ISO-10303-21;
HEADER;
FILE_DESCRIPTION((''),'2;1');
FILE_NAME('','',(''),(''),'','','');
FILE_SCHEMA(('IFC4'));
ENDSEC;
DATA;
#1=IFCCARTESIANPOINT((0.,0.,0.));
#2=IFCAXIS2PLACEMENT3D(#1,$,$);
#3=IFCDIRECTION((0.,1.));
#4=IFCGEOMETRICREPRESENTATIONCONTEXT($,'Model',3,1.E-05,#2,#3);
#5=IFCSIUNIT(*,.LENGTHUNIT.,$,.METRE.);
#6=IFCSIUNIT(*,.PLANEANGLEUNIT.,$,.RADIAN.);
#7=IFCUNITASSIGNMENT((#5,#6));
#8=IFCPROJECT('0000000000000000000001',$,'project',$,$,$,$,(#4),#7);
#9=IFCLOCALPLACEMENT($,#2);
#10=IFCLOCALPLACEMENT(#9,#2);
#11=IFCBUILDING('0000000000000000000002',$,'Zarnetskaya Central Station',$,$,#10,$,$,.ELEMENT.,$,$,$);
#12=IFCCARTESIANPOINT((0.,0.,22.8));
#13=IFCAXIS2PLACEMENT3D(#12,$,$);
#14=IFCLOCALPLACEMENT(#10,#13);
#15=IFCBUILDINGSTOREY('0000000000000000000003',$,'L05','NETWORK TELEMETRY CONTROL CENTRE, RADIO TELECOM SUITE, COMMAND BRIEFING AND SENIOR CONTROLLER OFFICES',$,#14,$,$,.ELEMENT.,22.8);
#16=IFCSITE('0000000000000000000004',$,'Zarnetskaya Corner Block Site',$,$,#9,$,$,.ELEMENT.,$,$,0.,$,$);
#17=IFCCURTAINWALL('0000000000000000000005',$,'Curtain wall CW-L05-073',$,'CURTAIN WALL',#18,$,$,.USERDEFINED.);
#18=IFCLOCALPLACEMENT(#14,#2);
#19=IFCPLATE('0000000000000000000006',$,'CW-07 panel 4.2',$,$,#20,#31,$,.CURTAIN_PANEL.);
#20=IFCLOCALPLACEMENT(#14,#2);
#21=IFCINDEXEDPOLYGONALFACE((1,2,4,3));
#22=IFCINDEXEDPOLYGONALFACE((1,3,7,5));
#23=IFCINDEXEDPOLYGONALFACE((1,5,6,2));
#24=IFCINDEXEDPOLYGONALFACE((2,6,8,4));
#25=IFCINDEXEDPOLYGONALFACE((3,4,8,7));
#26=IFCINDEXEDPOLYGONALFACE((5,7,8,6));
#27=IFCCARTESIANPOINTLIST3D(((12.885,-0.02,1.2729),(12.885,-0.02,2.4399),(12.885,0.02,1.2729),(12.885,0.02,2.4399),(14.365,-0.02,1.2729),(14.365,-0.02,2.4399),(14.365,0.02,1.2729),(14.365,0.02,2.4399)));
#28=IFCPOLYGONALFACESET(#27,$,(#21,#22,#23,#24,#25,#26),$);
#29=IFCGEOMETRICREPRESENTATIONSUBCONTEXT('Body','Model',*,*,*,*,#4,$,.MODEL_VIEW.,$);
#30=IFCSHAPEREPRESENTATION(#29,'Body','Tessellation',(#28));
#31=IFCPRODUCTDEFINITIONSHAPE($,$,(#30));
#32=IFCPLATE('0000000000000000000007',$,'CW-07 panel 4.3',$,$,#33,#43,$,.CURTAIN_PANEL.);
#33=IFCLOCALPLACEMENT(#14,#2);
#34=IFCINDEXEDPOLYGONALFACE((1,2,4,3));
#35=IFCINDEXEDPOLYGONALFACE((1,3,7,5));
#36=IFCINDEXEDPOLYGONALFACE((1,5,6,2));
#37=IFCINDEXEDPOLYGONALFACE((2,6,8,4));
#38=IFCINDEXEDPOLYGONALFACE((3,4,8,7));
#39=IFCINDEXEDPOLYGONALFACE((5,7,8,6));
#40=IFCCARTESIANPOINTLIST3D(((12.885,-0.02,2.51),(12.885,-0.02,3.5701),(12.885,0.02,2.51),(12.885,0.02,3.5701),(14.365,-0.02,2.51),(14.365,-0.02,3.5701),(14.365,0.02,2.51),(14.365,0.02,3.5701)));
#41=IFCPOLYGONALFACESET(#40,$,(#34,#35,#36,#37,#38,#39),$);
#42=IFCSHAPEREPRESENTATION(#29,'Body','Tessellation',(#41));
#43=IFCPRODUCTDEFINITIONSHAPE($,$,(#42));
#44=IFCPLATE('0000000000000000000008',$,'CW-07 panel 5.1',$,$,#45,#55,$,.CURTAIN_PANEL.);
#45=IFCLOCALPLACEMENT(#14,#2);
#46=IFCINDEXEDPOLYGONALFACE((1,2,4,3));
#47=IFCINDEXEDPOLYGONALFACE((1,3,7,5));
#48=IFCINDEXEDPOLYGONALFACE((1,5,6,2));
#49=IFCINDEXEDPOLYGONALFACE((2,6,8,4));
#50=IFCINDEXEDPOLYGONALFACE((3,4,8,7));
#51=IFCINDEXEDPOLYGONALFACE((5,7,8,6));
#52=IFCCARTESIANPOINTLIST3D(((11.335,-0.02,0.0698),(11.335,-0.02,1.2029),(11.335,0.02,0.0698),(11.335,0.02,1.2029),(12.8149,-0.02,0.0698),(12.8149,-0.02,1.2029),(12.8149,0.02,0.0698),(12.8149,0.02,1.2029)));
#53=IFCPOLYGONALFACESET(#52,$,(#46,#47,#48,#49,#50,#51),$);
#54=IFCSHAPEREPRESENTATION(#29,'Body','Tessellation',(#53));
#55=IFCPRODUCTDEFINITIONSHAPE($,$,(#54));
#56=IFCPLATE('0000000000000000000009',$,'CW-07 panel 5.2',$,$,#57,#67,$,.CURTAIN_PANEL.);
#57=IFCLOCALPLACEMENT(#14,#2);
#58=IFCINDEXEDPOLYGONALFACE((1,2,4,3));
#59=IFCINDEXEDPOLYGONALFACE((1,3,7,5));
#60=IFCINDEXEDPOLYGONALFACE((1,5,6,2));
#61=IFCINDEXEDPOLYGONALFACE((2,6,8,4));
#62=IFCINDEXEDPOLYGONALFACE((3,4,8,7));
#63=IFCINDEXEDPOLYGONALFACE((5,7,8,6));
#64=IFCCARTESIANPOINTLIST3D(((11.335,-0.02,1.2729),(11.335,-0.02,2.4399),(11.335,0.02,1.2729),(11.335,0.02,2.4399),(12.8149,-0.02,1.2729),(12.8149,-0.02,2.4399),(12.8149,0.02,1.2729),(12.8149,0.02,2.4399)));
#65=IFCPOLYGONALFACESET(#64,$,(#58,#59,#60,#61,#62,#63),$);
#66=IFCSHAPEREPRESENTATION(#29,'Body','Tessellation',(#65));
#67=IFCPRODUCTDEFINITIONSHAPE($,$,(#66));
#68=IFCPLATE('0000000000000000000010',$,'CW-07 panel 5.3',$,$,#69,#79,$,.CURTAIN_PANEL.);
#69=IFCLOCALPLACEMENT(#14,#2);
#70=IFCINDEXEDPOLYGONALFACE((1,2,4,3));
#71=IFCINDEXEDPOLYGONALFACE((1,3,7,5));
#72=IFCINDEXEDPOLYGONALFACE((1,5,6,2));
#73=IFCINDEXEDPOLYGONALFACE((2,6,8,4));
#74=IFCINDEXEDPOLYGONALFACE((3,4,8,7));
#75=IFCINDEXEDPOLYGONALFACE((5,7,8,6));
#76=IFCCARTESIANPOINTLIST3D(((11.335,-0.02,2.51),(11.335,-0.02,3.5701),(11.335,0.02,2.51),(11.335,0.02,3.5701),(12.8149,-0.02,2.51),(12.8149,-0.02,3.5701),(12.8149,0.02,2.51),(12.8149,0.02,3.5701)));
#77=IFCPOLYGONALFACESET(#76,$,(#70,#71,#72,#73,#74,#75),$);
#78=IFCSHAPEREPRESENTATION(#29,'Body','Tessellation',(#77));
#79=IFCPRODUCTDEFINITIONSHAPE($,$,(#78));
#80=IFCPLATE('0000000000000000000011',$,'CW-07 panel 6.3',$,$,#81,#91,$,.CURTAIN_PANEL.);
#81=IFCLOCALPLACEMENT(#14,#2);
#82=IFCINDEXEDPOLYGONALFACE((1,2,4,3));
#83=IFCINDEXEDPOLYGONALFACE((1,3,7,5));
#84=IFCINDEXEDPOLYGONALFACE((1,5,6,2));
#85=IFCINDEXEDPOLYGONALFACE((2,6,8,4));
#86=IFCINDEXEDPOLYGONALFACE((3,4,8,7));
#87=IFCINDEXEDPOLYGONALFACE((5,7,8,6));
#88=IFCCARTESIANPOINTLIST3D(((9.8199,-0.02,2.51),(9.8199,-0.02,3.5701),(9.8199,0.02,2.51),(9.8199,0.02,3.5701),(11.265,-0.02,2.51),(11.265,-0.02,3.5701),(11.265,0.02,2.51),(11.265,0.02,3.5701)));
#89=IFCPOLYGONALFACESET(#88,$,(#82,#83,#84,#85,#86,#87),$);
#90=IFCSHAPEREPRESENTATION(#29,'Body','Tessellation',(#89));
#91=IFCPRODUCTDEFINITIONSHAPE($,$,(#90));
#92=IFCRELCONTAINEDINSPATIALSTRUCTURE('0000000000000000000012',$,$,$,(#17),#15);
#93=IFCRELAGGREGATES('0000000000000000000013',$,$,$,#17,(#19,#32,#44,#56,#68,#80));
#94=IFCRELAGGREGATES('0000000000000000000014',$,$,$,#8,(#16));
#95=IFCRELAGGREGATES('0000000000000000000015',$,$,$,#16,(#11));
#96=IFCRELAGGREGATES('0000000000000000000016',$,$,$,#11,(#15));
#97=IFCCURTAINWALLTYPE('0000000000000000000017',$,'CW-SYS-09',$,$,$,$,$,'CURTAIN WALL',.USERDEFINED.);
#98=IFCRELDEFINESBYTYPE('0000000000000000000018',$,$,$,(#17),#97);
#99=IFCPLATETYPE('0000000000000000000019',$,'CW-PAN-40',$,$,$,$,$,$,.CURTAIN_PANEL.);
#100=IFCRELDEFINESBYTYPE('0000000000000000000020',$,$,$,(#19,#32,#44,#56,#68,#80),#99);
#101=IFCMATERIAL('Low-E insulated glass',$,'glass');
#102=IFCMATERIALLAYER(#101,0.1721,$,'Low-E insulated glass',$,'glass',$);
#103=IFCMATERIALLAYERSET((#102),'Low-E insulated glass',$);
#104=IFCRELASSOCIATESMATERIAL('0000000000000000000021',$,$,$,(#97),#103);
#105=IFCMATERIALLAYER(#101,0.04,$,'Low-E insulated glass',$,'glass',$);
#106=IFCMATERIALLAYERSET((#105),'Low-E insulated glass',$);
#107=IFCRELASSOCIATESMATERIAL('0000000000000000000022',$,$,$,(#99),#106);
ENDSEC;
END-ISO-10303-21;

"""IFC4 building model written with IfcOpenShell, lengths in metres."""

from ifc_helpers import new_model, si_unit, direction, frame, origin, origin_2d, place, context, subcontext, project, spatial, rectangle, extrude, material, layer, layer_set, type_object, element, aggregate, save


model = new_model("IFC4")

# Units and contexts
model_context = context("Model", 3, precision=1e-05, world=origin(), true_north=direction((0.0, 1.0)))
body_context = subcontext(model_context, "Body", "Model", "MODEL_VIEW")
ifc_project = project(units=[si_unit("LENGTHUNIT", "METRE"), si_unit("PLANEANGLEUNIT", "RADIAN")], contexts=[model_context])

# Site, building, storey
site_placement = place(None, origin())
site = spatial("IfcSite", under=ifc_project, at=site_placement, Name="Zarnetskaya Corner Block Site", CompositionType="ELEMENT", RefElevation=0.0)
building_placement = place(site_placement, origin())
building = spatial("IfcBuilding", under=site, at=building_placement, Name="Zarnetskaya Central Station", CompositionType="ELEMENT")
storey_placement = place(building_placement, frame((0.0, 0.0, 22.8)))
storey = spatial("IfcBuildingStorey", under=building, at=storey_placement, Name="L05", Description="NETWORK TELEMETRY CONTROL CENTRE, RADIO TELECOM SUITE, COMMAND BRIEFING AND SENIOR CONTROLLER OFFICES", CompositionType="ELEMENT", Elevation=22.8)

# Curtain wall, plates
ifc_material_1 = material(Name="Low-E insulated glass", Category="glass")
ifc_layer_1 = layer(ifc_material_1, 0.1721, Name="Low-E insulated glass", Category="glass")
ifc_layer_set_1 = layer_set([ifc_layer_1], Name="Low-E insulated glass")
curtain_wall_type = type_object("IfcCurtainWallType", Name="CW-SYS-09", ElementType="CURTAIN WALL", PredefinedType="USERDEFINED", material=ifc_layer_set_1)
curtain_wall_placement = place(storey_placement, origin())
curtain_wall = element("IfcCurtainWall", 1, at=curtain_wall_placement, inside=storey, type_object=curtain_wall_type, Name="Curtain wall CW-L05-073", ObjectType="CURTAIN WALL", PredefinedType="USERDEFINED")
ifc_layer_2 = layer(ifc_material_1, 0.04, Name="Low-E insulated glass", Category="glass")
ifc_layer_set_2 = layer_set([ifc_layer_2], Name="Low-E insulated glass")
plate_type = type_object("IfcPlateType", Name="CW-PAN-40", PredefinedType="CURTAIN_PANEL", material=ifc_layer_set_2)
plate_1_placement = place(storey_placement, frame((13.625, 0.0, 1.2729), z_axis=(0.0, 0.0, 1.0), x_axis=(-1.0, 0.0, 0.0)))
plate_1 = element("IfcPlate", 2, at=plate_1_placement, type_object=plate_type, Name="CW-07 panel 4.2", PredefinedType="CURTAIN_PANEL", context=body_context, shape_type="SweptSolid", body=[
    extrude(rectangle(XDim=1.48, YDim=0.04, at=origin_2d()), origin(), (0.0, 0.0, 1.0), 1.167),
])
plate_2_placement = place(storey_placement, frame((13.625, 0.0, 2.51), z_axis=(0.0, 0.0, 1.0), x_axis=(-1.0, 0.0, 0.0)))
plate_2 = element("IfcPlate", 3, at=plate_2_placement, type_object=plate_type, Name="CW-07 panel 4.3", PredefinedType="CURTAIN_PANEL", context=body_context, shape_type="SweptSolid", body=[
    extrude(rectangle(XDim=1.48, YDim=0.04, at=origin_2d()), origin(), (0.0, 0.0, 1.0), 1.0601),
])
plate_3_placement = place(storey_placement, frame((12.075, 0.0, 0.0698), z_axis=(0.0, 0.0, 1.0), x_axis=(-1.0, 0.0, 0.0)))
plate_3 = element("IfcPlate", 4, at=plate_3_placement, type_object=plate_type, Name="CW-07 panel 5.1", PredefinedType="CURTAIN_PANEL", context=body_context, shape_type="SweptSolid", body=[
    extrude(rectangle(XDim=1.48, YDim=0.04, at=origin_2d()), origin(), (0.0, 0.0, 1.0), 1.1331),
])
plate_4_placement = place(storey_placement, frame((12.075, 0.0, 1.2729), z_axis=(0.0, 0.0, 1.0), x_axis=(-1.0, 0.0, 0.0)))
plate_4 = element("IfcPlate", 5, at=plate_4_placement, type_object=plate_type, Name="CW-07 panel 5.2", PredefinedType="CURTAIN_PANEL", context=body_context, shape_type="SweptSolid", body=[
    extrude(rectangle(XDim=1.48, YDim=0.04, at=origin_2d()), origin(), (0.0, 0.0, 1.0), 1.167),
])
plate_5_placement = place(storey_placement, frame((12.075, 0.0, 2.51), z_axis=(0.0, 0.0, 1.0), x_axis=(-1.0, 0.0, 0.0)))
plate_5 = element("IfcPlate", 6, at=plate_5_placement, type_object=plate_type, Name="CW-07 panel 5.3", PredefinedType="CURTAIN_PANEL", context=body_context, shape_type="SweptSolid", body=[
    extrude(rectangle(XDim=1.48, YDim=0.04, at=origin_2d()), origin(), (0.0, 0.0, 1.0), 1.0601),
])
plate_6_placement = place(storey_placement, frame((10.5425, 0.0, 2.51), z_axis=(0.0, 0.0, 1.0), x_axis=(-1.0, 0.0, 0.0)))
plate_6 = element("IfcPlate", 7, at=plate_6_placement, type_object=plate_type, Name="CW-07 panel 6.3", PredefinedType="CURTAIN_PANEL", context=body_context, shape_type="SweptSolid", body=[
    extrude(rectangle(XDim=1.4451, YDim=0.04, at=origin_2d()), origin(), (0.0, 0.0, 1.0), 1.0601),
])
aggregate(curtain_wall, [plate_1, plate_2, plate_3, plate_4, plate_5, plate_6])

save(model, "model.ifc")
